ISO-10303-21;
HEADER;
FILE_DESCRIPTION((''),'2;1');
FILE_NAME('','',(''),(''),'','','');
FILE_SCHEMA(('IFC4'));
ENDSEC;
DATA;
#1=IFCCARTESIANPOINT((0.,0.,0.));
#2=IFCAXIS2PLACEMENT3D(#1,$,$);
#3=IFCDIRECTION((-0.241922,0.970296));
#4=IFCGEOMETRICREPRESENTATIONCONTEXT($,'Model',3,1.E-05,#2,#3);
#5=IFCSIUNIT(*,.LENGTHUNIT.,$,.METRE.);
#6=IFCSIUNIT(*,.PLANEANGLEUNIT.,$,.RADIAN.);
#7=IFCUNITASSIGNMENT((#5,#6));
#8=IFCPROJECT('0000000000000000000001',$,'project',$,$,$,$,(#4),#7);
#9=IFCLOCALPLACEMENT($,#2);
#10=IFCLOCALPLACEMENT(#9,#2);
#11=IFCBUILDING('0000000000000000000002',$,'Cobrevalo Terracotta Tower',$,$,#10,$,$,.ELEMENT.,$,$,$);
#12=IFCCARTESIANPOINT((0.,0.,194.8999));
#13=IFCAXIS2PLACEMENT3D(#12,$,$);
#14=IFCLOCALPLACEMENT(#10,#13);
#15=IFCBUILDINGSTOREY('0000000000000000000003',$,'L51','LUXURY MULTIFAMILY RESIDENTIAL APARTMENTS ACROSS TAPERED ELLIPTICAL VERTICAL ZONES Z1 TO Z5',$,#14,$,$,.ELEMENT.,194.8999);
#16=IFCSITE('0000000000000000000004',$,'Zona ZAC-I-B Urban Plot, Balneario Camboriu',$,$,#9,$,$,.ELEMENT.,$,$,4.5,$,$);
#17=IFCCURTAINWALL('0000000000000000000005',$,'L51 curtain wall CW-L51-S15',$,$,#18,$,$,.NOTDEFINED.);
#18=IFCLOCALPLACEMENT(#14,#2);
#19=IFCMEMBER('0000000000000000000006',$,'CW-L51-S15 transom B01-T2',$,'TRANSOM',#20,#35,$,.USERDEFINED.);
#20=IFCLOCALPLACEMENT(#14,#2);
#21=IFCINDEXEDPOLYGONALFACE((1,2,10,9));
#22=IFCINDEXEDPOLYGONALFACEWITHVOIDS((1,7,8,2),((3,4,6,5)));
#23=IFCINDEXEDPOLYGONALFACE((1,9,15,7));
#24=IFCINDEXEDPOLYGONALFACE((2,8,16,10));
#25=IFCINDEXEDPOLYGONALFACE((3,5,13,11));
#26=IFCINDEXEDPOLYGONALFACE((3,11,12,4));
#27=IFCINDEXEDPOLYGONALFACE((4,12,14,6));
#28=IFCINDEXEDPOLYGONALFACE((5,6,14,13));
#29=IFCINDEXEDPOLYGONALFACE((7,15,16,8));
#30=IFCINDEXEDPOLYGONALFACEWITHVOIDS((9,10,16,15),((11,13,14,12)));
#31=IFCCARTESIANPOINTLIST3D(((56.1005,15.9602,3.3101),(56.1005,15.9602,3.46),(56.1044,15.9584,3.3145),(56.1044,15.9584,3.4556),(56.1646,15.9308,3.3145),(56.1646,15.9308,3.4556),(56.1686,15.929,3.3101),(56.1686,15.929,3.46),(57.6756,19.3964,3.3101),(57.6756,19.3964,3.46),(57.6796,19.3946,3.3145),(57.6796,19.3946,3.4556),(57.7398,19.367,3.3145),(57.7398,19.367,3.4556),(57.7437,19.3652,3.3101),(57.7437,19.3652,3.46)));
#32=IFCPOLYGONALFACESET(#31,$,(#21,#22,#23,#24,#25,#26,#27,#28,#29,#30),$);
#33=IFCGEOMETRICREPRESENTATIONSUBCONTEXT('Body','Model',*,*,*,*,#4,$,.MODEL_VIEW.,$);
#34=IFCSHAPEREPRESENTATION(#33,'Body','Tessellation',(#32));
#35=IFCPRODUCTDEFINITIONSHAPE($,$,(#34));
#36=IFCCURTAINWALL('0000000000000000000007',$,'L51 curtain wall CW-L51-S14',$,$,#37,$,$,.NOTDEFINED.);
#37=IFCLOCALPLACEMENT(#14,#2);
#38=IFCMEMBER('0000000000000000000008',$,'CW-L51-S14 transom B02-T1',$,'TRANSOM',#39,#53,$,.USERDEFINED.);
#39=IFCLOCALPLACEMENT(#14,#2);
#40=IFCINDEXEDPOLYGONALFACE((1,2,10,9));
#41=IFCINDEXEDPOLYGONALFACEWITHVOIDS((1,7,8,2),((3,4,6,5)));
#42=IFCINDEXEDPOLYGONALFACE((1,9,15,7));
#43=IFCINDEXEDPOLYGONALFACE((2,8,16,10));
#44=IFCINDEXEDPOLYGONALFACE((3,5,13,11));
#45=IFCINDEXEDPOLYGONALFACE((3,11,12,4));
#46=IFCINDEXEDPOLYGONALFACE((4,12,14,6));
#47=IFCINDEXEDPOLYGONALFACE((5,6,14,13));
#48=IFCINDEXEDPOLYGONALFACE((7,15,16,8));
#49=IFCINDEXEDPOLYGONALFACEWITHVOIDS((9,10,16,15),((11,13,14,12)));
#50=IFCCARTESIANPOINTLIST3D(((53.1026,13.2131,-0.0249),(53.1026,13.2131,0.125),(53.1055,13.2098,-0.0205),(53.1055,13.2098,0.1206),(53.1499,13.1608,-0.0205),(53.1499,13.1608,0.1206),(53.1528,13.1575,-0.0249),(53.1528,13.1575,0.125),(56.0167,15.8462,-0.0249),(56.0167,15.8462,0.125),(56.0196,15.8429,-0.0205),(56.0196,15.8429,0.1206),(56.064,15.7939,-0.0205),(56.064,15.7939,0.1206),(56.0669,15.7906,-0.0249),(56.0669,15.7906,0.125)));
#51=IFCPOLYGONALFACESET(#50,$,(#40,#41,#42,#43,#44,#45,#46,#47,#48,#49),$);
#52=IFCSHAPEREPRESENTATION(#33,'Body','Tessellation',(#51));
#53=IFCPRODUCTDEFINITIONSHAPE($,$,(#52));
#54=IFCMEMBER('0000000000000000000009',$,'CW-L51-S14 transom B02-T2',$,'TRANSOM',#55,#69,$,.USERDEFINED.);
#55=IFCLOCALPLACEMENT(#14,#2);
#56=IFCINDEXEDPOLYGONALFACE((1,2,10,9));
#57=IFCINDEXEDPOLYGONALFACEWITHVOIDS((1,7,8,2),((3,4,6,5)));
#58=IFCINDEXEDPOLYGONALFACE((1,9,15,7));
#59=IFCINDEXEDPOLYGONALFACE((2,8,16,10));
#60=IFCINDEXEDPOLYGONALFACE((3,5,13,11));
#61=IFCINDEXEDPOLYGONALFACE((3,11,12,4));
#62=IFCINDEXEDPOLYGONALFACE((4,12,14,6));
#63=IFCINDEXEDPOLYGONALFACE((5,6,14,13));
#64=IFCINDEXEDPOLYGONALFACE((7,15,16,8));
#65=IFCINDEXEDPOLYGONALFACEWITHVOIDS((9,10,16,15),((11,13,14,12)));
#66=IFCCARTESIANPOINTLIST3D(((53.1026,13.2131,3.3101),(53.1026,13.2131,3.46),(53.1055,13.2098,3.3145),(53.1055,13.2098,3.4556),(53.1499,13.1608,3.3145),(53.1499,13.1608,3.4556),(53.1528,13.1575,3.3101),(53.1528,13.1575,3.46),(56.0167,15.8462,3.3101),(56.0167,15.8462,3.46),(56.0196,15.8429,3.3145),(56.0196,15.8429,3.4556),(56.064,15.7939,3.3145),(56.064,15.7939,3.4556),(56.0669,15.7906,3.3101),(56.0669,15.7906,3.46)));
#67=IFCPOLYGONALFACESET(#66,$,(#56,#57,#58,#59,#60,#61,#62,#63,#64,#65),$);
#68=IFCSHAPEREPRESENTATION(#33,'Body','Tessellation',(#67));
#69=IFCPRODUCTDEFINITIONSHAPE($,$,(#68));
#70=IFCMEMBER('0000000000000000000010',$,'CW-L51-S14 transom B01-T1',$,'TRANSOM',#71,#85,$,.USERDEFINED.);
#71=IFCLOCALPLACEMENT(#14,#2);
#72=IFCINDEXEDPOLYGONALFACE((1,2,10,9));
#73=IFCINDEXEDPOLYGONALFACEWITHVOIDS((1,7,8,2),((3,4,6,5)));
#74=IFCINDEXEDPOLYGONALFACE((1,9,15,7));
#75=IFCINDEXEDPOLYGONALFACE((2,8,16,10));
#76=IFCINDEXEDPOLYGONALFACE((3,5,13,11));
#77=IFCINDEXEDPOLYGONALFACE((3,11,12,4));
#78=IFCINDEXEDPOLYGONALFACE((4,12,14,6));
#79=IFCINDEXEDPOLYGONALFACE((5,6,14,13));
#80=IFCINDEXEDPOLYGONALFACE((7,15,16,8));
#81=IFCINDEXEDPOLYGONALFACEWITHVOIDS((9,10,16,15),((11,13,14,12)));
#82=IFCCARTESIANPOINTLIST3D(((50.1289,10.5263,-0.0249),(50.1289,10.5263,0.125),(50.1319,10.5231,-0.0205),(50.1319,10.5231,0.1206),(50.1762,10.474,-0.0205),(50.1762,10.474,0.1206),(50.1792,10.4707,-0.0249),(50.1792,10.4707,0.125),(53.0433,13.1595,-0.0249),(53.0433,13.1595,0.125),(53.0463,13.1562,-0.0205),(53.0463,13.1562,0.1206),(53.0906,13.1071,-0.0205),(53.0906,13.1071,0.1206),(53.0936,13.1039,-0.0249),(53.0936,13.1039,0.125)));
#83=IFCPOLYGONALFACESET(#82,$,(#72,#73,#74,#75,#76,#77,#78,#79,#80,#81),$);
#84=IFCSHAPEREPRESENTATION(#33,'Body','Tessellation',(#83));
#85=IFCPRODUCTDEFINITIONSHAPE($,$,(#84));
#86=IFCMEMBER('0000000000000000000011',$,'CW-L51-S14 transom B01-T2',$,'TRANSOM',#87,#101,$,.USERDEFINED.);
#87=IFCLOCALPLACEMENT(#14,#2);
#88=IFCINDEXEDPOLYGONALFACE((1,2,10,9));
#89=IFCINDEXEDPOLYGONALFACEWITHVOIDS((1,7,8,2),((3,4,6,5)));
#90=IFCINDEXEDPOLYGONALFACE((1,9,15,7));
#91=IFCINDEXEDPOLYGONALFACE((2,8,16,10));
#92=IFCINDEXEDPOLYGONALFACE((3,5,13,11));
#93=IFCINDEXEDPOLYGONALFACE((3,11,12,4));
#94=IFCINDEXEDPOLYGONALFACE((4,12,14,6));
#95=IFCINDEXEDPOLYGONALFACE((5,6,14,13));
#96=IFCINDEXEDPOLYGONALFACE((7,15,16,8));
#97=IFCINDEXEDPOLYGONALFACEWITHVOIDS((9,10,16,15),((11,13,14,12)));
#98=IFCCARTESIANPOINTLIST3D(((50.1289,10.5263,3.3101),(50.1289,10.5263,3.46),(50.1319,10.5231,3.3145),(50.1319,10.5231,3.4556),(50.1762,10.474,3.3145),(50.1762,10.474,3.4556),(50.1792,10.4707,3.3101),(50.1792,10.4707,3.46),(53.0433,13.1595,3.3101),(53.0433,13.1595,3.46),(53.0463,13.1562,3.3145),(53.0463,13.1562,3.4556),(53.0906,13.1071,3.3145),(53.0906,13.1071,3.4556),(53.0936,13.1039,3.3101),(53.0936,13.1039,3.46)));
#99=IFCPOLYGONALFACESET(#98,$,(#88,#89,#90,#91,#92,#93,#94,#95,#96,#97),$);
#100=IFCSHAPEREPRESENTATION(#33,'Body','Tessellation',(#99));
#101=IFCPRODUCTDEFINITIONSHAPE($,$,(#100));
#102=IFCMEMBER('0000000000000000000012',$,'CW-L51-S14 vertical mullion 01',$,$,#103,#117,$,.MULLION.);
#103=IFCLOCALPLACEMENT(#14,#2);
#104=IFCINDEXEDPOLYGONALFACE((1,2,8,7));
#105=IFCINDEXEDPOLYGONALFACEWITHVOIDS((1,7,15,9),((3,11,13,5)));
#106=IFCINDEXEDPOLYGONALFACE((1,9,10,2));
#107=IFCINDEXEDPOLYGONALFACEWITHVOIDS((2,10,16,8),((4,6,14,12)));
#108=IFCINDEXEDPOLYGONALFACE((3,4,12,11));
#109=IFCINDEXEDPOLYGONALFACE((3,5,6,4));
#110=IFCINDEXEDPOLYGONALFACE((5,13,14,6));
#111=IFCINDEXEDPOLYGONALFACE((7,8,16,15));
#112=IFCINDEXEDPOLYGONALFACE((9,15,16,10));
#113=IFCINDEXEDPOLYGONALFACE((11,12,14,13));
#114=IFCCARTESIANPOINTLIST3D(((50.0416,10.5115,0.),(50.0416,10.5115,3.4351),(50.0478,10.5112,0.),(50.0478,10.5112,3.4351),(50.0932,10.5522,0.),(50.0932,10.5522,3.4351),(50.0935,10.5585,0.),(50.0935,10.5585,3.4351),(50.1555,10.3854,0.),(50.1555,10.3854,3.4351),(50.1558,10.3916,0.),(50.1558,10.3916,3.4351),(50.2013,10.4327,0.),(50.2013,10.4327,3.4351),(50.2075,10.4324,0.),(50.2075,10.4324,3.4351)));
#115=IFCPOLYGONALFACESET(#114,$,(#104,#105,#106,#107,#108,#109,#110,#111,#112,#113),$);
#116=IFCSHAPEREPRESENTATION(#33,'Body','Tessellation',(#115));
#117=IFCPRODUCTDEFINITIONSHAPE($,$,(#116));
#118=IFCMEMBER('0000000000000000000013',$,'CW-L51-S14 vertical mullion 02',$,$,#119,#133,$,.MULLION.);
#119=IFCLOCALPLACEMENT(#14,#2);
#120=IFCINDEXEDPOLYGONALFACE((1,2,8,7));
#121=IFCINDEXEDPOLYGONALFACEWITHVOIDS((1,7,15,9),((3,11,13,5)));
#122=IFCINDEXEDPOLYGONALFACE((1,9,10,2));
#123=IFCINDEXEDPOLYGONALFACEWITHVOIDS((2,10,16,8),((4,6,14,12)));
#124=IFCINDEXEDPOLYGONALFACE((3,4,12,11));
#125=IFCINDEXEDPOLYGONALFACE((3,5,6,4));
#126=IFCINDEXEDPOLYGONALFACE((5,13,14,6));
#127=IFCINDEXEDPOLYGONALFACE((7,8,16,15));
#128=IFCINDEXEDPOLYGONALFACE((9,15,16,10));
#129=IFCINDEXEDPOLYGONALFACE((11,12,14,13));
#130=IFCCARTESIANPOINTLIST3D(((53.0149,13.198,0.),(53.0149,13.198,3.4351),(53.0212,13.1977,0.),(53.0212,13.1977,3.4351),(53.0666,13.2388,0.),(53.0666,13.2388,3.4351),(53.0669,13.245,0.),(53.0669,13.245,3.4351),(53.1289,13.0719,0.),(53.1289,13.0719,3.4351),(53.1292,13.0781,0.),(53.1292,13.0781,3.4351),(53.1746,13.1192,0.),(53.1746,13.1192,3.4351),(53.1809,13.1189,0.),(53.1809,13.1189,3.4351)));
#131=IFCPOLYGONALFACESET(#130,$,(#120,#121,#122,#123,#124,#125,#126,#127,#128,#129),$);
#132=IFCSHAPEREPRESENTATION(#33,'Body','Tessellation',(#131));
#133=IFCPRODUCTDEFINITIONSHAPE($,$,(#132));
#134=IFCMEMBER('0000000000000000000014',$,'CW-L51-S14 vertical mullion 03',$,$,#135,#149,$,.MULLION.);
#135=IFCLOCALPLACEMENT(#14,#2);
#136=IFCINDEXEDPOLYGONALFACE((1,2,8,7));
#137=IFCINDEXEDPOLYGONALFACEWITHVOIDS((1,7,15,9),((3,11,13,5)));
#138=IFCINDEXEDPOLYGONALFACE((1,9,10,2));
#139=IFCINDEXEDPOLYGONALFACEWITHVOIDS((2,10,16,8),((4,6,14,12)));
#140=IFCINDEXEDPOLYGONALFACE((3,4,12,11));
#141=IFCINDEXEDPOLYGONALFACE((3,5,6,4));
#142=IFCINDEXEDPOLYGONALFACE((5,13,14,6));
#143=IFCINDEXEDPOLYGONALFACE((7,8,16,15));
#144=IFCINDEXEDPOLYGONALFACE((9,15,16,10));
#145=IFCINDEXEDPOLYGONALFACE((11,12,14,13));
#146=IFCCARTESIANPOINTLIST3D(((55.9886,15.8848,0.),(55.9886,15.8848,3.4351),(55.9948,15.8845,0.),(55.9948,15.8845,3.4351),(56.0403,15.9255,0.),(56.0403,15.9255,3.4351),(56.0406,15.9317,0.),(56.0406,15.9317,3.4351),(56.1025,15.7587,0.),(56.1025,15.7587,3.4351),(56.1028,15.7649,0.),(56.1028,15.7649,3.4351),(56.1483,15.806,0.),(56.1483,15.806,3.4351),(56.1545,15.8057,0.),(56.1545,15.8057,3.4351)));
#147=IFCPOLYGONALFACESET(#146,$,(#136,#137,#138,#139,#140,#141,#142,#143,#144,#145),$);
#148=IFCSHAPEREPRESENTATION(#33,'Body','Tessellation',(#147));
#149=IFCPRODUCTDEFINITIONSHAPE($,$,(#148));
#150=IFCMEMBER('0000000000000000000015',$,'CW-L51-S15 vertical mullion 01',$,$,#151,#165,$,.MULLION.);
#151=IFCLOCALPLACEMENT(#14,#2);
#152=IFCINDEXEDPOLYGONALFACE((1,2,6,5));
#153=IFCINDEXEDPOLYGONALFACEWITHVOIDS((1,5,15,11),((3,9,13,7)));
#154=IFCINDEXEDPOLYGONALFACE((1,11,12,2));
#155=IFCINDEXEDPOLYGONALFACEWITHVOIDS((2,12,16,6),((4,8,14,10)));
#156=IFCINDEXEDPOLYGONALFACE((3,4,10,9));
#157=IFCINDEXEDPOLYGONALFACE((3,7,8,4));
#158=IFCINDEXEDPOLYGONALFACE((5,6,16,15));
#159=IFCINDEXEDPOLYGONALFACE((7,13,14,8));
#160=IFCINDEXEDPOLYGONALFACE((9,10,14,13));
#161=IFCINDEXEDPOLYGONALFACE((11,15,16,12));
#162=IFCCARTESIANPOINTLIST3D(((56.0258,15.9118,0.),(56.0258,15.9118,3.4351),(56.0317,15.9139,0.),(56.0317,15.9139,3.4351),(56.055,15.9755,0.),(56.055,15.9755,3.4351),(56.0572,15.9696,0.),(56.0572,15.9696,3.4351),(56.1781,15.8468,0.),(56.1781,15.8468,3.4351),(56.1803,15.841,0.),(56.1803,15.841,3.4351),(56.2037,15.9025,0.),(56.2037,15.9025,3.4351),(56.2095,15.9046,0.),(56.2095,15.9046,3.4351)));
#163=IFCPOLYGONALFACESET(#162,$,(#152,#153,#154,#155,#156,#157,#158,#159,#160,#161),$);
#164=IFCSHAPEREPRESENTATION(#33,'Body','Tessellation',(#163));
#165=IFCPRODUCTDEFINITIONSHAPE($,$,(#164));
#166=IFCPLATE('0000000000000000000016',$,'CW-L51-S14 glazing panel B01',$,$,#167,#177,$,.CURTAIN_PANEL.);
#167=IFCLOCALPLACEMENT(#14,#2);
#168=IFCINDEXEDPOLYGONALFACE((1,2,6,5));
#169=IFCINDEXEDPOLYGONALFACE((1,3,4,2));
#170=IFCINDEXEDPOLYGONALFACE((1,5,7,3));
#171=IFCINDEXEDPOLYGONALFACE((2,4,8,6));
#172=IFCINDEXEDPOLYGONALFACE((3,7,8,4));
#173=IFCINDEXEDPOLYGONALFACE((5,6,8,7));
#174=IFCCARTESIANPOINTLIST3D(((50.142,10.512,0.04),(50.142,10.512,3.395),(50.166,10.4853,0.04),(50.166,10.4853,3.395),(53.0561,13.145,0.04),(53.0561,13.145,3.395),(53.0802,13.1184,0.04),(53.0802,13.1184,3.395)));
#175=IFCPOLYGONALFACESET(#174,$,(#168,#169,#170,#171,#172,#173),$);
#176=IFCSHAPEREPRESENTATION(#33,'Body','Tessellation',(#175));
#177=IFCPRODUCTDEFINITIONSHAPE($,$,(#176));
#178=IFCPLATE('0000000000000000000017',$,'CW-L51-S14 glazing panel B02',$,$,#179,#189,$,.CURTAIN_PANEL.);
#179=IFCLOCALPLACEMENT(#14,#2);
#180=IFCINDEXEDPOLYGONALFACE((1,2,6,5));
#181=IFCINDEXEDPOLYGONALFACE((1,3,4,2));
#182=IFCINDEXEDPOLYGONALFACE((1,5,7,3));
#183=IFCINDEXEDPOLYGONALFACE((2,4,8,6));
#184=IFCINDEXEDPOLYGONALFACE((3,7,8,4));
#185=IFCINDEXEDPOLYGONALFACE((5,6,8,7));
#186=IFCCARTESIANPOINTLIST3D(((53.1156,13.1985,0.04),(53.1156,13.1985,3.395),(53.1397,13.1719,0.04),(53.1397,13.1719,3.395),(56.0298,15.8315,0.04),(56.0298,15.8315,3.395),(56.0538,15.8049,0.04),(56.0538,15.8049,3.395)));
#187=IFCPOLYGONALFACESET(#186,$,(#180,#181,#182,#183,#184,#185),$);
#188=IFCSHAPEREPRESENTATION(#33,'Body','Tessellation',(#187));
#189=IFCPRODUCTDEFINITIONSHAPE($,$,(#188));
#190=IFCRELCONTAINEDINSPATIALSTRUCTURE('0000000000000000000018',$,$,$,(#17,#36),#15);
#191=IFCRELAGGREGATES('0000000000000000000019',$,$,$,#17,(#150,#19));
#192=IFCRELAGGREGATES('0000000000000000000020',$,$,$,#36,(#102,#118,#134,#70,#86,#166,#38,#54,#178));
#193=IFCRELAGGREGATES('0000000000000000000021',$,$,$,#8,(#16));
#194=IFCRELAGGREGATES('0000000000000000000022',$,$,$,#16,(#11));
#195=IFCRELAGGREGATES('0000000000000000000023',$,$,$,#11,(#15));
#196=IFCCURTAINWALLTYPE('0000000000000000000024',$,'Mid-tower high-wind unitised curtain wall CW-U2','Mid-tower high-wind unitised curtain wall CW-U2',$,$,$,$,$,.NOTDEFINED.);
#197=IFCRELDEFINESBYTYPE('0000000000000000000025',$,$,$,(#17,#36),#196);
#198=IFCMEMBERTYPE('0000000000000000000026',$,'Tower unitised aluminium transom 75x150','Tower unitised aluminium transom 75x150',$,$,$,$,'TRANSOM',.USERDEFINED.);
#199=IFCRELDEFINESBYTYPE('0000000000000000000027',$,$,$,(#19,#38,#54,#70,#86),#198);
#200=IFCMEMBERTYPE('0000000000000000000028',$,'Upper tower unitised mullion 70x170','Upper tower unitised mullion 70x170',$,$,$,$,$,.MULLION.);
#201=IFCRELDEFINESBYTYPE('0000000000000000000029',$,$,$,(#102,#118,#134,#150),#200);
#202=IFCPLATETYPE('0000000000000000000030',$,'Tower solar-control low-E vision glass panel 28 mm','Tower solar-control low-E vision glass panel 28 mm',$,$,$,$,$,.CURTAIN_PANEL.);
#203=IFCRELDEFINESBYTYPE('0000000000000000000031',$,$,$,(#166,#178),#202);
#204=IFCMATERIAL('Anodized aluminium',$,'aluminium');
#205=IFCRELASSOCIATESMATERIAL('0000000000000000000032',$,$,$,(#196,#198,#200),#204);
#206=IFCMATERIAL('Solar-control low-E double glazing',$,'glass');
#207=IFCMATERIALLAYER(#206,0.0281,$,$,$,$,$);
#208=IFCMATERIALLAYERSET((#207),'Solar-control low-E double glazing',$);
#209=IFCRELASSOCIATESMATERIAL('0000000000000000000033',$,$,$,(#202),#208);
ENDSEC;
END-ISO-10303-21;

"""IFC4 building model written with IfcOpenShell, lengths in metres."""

from ifc_helpers import new_model, si_unit, direction, frame, origin, origin_2d, place, context, subcontext, project, spatial, rectangle, hollow_rectangle, extrude, source, transform, mapped, material, layer, layer_set, material_profile, profile_set, type_object, element, aggregate, save


model = new_model("IFC4")

# Units and contexts
model_context = context("Model", 3, precision=1e-05, world=origin(), true_north=direction((-0.241922, 0.970296)))
body_context = subcontext(model_context, "Body", "Model", "MODEL_VIEW")
ifc_project = project(units=[si_unit("LENGTHUNIT", "METRE"), si_unit("PLANEANGLEUNIT", "RADIAN")], contexts=[model_context])

# Site, building, storey
site_placement = place(None, origin())
site = spatial("IfcSite", under=ifc_project, at=site_placement, Name="Zona ZAC-I-B Urban Plot, Balneario Camboriu", CompositionType="ELEMENT", RefElevation=4.5)
building_placement = place(site_placement, origin())
building = spatial("IfcBuilding", under=site, at=building_placement, Name="Cobrevalo Terracotta Tower", CompositionType="ELEMENT")
storey_placement = place(building_placement, frame((0.0, 0.0, 194.8999)))
storey = spatial("IfcBuildingStorey", under=building, at=storey_placement, Name="L51", Description="LUXURY MULTIFAMILY RESIDENTIAL APARTMENTS ACROSS TAPERED ELLIPTICAL VERTICAL ZONES Z1 TO Z5", CompositionType="ELEMENT", Elevation=194.8999)

# Curtain walls, members
ifc_material_1 = material(Name="Anodized aluminium", Category="aluminium")
curtain_wall_type = type_object("IfcCurtainWallType", Name="Mid-tower high-wind unitised curtain wall CW-U2", Description="Mid-tower high-wind unitised curtain wall CW-U2", PredefinedType="NOTDEFINED", material=ifc_material_1)
curtain_wall_1_placement = place(storey_placement, origin())
curtain_wall_1 = element("IfcCurtainWall", 1, at=curtain_wall_1_placement, inside=storey, type_object=curtain_wall_type, Name="L51 curtain wall CW-L51-S15", PredefinedType="NOTDEFINED")
ifc_material_profile_1 = material_profile(ifc_material_1, hollow_rectangle(XDim=0.075, YDim=0.1499, WallThickness=0.0044, at=origin_2d()), Name="CWT 75x150")
ifc_profile_set_1 = profile_set([ifc_material_profile_1], Name="Anodized aluminium")
member_type_1 = type_object("IfcMemberType", Name="Tower unitised aluminium transom 75x150", Description="Tower unitised aluminium transom 75x150", ElementType="TRANSOM", PredefinedType="USERDEFINED", material=ifc_profile_set_1)
shared_shape_1 = source(origin(), body_context, "Body", "SweptSolid", [
    extrude(hollow_rectangle(XDim=0.075, YDim=0.1499, WallThickness=0.0044, at=origin_2d()), origin(), (0.0, 0.0, 1.0), 3.78),
])
member_1_placement = place(storey_placement, frame((56.1345, 15.9446, 3.385), z_axis=(0.416706, 0.909041, 0.0), x_axis=(-0.909041, 0.416706, 0.0)))
member_1 = element("IfcMember", 2, at=member_1_placement, type_object=member_type_1, Name="CW-L51-S15 transom B01-T2", ObjectType="TRANSOM", PredefinedType="USERDEFINED", context=body_context, shape_type="MappedRepresentation", body=[
    mapped(shared_shape_1, transform((0.0, 0.0, 0.0), scale=1.0)),
])
curtain_wall_2_placement = place(storey_placement, origin())
curtain_wall_2 = element("IfcCurtainWall", 3, at=curtain_wall_2_placement, inside=storey, type_object=curtain_wall_type, Name="L51 curtain wall CW-L51-S14", PredefinedType="NOTDEFINED")
shared_shape_2 = source(origin(), body_context, "Body", "SweptSolid", [
    extrude(hollow_rectangle(XDim=0.075, YDim=0.1499, WallThickness=0.0044, at=origin_2d()), origin(), (0.0, 0.0, 1.0), 3.9275),
])
member_2_placement = place(storey_placement, frame((53.1277, 13.1853, 0.05), z_axis=(0.741976, 0.670426, 0.0), x_axis=(-0.670426, 0.741976, 0.0)))
member_2 = element("IfcMember", 4, at=member_2_placement, type_object=member_type_1, Name="CW-L51-S14 transom B02-T1", ObjectType="TRANSOM", PredefinedType="USERDEFINED", context=body_context, shape_type="MappedRepresentation", body=[
    mapped(shared_shape_2, transform((0.0, 0.0, 0.0), scale=1.0)),
])
member_3_placement = place(storey_placement, frame((53.1277, 13.1853, 3.385), z_axis=(0.741976, 0.670426, 0.0), x_axis=(-0.670426, 0.741976, 0.0)))
member_3 = element("IfcMember", 5, at=member_3_placement, type_object=member_type_1, Name="CW-L51-S14 transom B02-T2", ObjectType="TRANSOM", PredefinedType="USERDEFINED", context=body_context, shape_type="MappedRepresentation", body=[
    mapped(shared_shape_2, transform((0.0, 0.0, 0.0), scale=1.0)),
])
shared_shape_3 = source(origin(), body_context, "Body", "SweptSolid", [
    extrude(hollow_rectangle(XDim=0.075, YDim=0.1499, WallThickness=0.0044, at=origin_2d()), origin(), (0.0, 0.0, 1.0), 3.9277),
])
member_4_placement = place(storey_placement, frame((50.1541, 10.4985, 0.05), z_axis=(0.742004, 0.670396, 0.0), x_axis=(-0.670396, 0.742004, 0.0)))
member_4 = element("IfcMember", 6, at=member_4_placement, type_object=member_type_1, Name="CW-L51-S14 transom B01-T1", ObjectType="TRANSOM", PredefinedType="USERDEFINED", context=body_context, shape_type="MappedRepresentation", body=[
    mapped(shared_shape_3, transform((0.0, 0.0, 0.0), scale=1.0)),
])
member_5_placement = place(storey_placement, frame((50.1541, 10.4985, 3.385), z_axis=(0.742004, 0.670396, 0.0), x_axis=(-0.670396, 0.742004, 0.0)))
member_5 = element("IfcMember", 7, at=member_5_placement, type_object=member_type_1, Name="CW-L51-S14 transom B01-T2", ObjectType="TRANSOM", PredefinedType="USERDEFINED", context=body_context, shape_type="MappedRepresentation", body=[
    mapped(shared_shape_3, transform((0.0, 0.0, 0.0), scale=1.0)),
])
ifc_material_profile_2 = material_profile(ifc_material_1, hollow_rectangle(XDim=0.0701, YDim=0.1699, WallThickness=0.0044, at=origin_2d()), Name="CWM 70x170")
ifc_profile_set_2 = profile_set([ifc_material_profile_2], Name="Anodized aluminium")
member_type_2 = type_object("IfcMemberType", Name="Upper tower unitised mullion 70x170", Description="Upper tower unitised mullion 70x170", PredefinedType="MULLION", material=ifc_profile_set_2)
shared_shape_4 = source(origin(), body_context, "Body", "SweptSolid", [
    extrude(hollow_rectangle(XDim=0.0701, YDim=0.1699, WallThickness=0.0044, at=origin_2d()), origin(), (0.0, 0.0, 1.0), 3.4351),
])
member_6_placement = place(storey_placement, frame((50.1245, 10.4719, 0.0), z_axis=(0.0, 0.0, 1.0), x_axis=(0.741988, 0.670414, 0.0)))
member_6 = element("IfcMember", 8, at=member_6_placement, type_object=member_type_2, Name="CW-L51-S14 vertical mullion 01", PredefinedType="MULLION", context=body_context, shape_type="MappedRepresentation", body=[
    mapped(shared_shape_4, transform((0.0, 0.0, 0.0), scale=1.0)),
])
member_7_placement = place(storey_placement, frame((53.0979, 13.1584, 0.0), z_axis=(0.0, 0.0, 1.0), x_axis=(0.741988, 0.670414, 0.0)))
member_7 = element("IfcMember", 9, at=member_7_placement, type_object=member_type_2, Name="CW-L51-S14 vertical mullion 02", PredefinedType="MULLION", context=body_context, shape_type="MappedRepresentation", body=[
    mapped(shared_shape_4, transform((0.0, 0.0, 0.0), scale=1.0)),
])
member_8_placement = place(storey_placement, frame((56.0715, 15.8452, 0.0), z_axis=(0.0, 0.0, 1.0), x_axis=(0.741988, 0.670414, 0.0)))
member_8 = element("IfcMember", 10, at=member_8_placement, type_object=member_type_2, Name="CW-L51-S14 vertical mullion 03", PredefinedType="MULLION", context=body_context, shape_type="MappedRepresentation", body=[
    mapped(shared_shape_4, transform((0.0, 0.0, 0.0), scale=1.0)),
])

# Member
member_9_placement = place(storey_placement, frame((56.1177, 15.9082, 0.0), z_axis=(0.0, 0.0, 1.0), x_axis=(0.416725, 0.909033, 0.0)))
member_9 = element("IfcMember", 11, at=member_9_placement, type_object=member_type_2, Name="CW-L51-S15 vertical mullion 01", PredefinedType="MULLION", context=body_context, shape_type="MappedRepresentation", body=[
    mapped(shared_shape_4, transform((0.0, 0.0, 0.0), scale=1.0)),
])
aggregate(curtain_wall_1, [member_9, member_1])

# Plates
ifc_material_2 = material(Name="Solar-control low-E double glazing", Category="glass")
ifc_layer_1 = layer(ifc_material_2, 0.0281)
ifc_layer_set_1 = layer_set([ifc_layer_1], Name="Solar-control low-E double glazing")
plate_type = type_object("IfcPlateType", Name="Tower solar-control low-E vision glass panel 28 mm", Description="Tower solar-control low-E vision glass panel 28 mm", PredefinedType="CURTAIN_PANEL", material=ifc_layer_set_1)
shared_shape_5 = source(origin(), body_context, "Body", "SweptSolid", [
    extrude(rectangle(XDim=3.9275, YDim=0.0359, at=origin_2d()), origin(), (0.0, 0.0, 1.0), 3.355),
])
plate_1_placement = place(storey_placement, frame((51.6111, 11.8152, 0.04), z_axis=(0.0, 0.0, 1.0), x_axis=(0.741988, 0.670414, 0.0)))
plate_1 = element("IfcPlate", 12, at=plate_1_placement, type_object=plate_type, Name="CW-L51-S14 glazing panel B01", PredefinedType="CURTAIN_PANEL", context=body_context, shape_type="MappedRepresentation", body=[
    mapped(shared_shape_5, transform((0.0, 0.0, 0.0), scale=1.0)),
])
plate_2_placement = place(storey_placement, frame((54.5847, 14.5017, 0.04), z_axis=(0.0, 0.0, 1.0), x_axis=(0.741988, 0.670414, 0.0)))
plate_2 = element("IfcPlate", 13, at=plate_2_placement, type_object=plate_type, Name="CW-L51-S14 glazing panel B02", PredefinedType="CURTAIN_PANEL", context=body_context, shape_type="MappedRepresentation", body=[
    mapped(shared_shape_5, transform((0.0, 0.0, 0.0), scale=1.0)),
])
aggregate(curtain_wall_2, [member_6, member_7, member_8, member_4, member_5, plate_1, member_2, member_3, plate_2])

save(model, "model.ifc")
